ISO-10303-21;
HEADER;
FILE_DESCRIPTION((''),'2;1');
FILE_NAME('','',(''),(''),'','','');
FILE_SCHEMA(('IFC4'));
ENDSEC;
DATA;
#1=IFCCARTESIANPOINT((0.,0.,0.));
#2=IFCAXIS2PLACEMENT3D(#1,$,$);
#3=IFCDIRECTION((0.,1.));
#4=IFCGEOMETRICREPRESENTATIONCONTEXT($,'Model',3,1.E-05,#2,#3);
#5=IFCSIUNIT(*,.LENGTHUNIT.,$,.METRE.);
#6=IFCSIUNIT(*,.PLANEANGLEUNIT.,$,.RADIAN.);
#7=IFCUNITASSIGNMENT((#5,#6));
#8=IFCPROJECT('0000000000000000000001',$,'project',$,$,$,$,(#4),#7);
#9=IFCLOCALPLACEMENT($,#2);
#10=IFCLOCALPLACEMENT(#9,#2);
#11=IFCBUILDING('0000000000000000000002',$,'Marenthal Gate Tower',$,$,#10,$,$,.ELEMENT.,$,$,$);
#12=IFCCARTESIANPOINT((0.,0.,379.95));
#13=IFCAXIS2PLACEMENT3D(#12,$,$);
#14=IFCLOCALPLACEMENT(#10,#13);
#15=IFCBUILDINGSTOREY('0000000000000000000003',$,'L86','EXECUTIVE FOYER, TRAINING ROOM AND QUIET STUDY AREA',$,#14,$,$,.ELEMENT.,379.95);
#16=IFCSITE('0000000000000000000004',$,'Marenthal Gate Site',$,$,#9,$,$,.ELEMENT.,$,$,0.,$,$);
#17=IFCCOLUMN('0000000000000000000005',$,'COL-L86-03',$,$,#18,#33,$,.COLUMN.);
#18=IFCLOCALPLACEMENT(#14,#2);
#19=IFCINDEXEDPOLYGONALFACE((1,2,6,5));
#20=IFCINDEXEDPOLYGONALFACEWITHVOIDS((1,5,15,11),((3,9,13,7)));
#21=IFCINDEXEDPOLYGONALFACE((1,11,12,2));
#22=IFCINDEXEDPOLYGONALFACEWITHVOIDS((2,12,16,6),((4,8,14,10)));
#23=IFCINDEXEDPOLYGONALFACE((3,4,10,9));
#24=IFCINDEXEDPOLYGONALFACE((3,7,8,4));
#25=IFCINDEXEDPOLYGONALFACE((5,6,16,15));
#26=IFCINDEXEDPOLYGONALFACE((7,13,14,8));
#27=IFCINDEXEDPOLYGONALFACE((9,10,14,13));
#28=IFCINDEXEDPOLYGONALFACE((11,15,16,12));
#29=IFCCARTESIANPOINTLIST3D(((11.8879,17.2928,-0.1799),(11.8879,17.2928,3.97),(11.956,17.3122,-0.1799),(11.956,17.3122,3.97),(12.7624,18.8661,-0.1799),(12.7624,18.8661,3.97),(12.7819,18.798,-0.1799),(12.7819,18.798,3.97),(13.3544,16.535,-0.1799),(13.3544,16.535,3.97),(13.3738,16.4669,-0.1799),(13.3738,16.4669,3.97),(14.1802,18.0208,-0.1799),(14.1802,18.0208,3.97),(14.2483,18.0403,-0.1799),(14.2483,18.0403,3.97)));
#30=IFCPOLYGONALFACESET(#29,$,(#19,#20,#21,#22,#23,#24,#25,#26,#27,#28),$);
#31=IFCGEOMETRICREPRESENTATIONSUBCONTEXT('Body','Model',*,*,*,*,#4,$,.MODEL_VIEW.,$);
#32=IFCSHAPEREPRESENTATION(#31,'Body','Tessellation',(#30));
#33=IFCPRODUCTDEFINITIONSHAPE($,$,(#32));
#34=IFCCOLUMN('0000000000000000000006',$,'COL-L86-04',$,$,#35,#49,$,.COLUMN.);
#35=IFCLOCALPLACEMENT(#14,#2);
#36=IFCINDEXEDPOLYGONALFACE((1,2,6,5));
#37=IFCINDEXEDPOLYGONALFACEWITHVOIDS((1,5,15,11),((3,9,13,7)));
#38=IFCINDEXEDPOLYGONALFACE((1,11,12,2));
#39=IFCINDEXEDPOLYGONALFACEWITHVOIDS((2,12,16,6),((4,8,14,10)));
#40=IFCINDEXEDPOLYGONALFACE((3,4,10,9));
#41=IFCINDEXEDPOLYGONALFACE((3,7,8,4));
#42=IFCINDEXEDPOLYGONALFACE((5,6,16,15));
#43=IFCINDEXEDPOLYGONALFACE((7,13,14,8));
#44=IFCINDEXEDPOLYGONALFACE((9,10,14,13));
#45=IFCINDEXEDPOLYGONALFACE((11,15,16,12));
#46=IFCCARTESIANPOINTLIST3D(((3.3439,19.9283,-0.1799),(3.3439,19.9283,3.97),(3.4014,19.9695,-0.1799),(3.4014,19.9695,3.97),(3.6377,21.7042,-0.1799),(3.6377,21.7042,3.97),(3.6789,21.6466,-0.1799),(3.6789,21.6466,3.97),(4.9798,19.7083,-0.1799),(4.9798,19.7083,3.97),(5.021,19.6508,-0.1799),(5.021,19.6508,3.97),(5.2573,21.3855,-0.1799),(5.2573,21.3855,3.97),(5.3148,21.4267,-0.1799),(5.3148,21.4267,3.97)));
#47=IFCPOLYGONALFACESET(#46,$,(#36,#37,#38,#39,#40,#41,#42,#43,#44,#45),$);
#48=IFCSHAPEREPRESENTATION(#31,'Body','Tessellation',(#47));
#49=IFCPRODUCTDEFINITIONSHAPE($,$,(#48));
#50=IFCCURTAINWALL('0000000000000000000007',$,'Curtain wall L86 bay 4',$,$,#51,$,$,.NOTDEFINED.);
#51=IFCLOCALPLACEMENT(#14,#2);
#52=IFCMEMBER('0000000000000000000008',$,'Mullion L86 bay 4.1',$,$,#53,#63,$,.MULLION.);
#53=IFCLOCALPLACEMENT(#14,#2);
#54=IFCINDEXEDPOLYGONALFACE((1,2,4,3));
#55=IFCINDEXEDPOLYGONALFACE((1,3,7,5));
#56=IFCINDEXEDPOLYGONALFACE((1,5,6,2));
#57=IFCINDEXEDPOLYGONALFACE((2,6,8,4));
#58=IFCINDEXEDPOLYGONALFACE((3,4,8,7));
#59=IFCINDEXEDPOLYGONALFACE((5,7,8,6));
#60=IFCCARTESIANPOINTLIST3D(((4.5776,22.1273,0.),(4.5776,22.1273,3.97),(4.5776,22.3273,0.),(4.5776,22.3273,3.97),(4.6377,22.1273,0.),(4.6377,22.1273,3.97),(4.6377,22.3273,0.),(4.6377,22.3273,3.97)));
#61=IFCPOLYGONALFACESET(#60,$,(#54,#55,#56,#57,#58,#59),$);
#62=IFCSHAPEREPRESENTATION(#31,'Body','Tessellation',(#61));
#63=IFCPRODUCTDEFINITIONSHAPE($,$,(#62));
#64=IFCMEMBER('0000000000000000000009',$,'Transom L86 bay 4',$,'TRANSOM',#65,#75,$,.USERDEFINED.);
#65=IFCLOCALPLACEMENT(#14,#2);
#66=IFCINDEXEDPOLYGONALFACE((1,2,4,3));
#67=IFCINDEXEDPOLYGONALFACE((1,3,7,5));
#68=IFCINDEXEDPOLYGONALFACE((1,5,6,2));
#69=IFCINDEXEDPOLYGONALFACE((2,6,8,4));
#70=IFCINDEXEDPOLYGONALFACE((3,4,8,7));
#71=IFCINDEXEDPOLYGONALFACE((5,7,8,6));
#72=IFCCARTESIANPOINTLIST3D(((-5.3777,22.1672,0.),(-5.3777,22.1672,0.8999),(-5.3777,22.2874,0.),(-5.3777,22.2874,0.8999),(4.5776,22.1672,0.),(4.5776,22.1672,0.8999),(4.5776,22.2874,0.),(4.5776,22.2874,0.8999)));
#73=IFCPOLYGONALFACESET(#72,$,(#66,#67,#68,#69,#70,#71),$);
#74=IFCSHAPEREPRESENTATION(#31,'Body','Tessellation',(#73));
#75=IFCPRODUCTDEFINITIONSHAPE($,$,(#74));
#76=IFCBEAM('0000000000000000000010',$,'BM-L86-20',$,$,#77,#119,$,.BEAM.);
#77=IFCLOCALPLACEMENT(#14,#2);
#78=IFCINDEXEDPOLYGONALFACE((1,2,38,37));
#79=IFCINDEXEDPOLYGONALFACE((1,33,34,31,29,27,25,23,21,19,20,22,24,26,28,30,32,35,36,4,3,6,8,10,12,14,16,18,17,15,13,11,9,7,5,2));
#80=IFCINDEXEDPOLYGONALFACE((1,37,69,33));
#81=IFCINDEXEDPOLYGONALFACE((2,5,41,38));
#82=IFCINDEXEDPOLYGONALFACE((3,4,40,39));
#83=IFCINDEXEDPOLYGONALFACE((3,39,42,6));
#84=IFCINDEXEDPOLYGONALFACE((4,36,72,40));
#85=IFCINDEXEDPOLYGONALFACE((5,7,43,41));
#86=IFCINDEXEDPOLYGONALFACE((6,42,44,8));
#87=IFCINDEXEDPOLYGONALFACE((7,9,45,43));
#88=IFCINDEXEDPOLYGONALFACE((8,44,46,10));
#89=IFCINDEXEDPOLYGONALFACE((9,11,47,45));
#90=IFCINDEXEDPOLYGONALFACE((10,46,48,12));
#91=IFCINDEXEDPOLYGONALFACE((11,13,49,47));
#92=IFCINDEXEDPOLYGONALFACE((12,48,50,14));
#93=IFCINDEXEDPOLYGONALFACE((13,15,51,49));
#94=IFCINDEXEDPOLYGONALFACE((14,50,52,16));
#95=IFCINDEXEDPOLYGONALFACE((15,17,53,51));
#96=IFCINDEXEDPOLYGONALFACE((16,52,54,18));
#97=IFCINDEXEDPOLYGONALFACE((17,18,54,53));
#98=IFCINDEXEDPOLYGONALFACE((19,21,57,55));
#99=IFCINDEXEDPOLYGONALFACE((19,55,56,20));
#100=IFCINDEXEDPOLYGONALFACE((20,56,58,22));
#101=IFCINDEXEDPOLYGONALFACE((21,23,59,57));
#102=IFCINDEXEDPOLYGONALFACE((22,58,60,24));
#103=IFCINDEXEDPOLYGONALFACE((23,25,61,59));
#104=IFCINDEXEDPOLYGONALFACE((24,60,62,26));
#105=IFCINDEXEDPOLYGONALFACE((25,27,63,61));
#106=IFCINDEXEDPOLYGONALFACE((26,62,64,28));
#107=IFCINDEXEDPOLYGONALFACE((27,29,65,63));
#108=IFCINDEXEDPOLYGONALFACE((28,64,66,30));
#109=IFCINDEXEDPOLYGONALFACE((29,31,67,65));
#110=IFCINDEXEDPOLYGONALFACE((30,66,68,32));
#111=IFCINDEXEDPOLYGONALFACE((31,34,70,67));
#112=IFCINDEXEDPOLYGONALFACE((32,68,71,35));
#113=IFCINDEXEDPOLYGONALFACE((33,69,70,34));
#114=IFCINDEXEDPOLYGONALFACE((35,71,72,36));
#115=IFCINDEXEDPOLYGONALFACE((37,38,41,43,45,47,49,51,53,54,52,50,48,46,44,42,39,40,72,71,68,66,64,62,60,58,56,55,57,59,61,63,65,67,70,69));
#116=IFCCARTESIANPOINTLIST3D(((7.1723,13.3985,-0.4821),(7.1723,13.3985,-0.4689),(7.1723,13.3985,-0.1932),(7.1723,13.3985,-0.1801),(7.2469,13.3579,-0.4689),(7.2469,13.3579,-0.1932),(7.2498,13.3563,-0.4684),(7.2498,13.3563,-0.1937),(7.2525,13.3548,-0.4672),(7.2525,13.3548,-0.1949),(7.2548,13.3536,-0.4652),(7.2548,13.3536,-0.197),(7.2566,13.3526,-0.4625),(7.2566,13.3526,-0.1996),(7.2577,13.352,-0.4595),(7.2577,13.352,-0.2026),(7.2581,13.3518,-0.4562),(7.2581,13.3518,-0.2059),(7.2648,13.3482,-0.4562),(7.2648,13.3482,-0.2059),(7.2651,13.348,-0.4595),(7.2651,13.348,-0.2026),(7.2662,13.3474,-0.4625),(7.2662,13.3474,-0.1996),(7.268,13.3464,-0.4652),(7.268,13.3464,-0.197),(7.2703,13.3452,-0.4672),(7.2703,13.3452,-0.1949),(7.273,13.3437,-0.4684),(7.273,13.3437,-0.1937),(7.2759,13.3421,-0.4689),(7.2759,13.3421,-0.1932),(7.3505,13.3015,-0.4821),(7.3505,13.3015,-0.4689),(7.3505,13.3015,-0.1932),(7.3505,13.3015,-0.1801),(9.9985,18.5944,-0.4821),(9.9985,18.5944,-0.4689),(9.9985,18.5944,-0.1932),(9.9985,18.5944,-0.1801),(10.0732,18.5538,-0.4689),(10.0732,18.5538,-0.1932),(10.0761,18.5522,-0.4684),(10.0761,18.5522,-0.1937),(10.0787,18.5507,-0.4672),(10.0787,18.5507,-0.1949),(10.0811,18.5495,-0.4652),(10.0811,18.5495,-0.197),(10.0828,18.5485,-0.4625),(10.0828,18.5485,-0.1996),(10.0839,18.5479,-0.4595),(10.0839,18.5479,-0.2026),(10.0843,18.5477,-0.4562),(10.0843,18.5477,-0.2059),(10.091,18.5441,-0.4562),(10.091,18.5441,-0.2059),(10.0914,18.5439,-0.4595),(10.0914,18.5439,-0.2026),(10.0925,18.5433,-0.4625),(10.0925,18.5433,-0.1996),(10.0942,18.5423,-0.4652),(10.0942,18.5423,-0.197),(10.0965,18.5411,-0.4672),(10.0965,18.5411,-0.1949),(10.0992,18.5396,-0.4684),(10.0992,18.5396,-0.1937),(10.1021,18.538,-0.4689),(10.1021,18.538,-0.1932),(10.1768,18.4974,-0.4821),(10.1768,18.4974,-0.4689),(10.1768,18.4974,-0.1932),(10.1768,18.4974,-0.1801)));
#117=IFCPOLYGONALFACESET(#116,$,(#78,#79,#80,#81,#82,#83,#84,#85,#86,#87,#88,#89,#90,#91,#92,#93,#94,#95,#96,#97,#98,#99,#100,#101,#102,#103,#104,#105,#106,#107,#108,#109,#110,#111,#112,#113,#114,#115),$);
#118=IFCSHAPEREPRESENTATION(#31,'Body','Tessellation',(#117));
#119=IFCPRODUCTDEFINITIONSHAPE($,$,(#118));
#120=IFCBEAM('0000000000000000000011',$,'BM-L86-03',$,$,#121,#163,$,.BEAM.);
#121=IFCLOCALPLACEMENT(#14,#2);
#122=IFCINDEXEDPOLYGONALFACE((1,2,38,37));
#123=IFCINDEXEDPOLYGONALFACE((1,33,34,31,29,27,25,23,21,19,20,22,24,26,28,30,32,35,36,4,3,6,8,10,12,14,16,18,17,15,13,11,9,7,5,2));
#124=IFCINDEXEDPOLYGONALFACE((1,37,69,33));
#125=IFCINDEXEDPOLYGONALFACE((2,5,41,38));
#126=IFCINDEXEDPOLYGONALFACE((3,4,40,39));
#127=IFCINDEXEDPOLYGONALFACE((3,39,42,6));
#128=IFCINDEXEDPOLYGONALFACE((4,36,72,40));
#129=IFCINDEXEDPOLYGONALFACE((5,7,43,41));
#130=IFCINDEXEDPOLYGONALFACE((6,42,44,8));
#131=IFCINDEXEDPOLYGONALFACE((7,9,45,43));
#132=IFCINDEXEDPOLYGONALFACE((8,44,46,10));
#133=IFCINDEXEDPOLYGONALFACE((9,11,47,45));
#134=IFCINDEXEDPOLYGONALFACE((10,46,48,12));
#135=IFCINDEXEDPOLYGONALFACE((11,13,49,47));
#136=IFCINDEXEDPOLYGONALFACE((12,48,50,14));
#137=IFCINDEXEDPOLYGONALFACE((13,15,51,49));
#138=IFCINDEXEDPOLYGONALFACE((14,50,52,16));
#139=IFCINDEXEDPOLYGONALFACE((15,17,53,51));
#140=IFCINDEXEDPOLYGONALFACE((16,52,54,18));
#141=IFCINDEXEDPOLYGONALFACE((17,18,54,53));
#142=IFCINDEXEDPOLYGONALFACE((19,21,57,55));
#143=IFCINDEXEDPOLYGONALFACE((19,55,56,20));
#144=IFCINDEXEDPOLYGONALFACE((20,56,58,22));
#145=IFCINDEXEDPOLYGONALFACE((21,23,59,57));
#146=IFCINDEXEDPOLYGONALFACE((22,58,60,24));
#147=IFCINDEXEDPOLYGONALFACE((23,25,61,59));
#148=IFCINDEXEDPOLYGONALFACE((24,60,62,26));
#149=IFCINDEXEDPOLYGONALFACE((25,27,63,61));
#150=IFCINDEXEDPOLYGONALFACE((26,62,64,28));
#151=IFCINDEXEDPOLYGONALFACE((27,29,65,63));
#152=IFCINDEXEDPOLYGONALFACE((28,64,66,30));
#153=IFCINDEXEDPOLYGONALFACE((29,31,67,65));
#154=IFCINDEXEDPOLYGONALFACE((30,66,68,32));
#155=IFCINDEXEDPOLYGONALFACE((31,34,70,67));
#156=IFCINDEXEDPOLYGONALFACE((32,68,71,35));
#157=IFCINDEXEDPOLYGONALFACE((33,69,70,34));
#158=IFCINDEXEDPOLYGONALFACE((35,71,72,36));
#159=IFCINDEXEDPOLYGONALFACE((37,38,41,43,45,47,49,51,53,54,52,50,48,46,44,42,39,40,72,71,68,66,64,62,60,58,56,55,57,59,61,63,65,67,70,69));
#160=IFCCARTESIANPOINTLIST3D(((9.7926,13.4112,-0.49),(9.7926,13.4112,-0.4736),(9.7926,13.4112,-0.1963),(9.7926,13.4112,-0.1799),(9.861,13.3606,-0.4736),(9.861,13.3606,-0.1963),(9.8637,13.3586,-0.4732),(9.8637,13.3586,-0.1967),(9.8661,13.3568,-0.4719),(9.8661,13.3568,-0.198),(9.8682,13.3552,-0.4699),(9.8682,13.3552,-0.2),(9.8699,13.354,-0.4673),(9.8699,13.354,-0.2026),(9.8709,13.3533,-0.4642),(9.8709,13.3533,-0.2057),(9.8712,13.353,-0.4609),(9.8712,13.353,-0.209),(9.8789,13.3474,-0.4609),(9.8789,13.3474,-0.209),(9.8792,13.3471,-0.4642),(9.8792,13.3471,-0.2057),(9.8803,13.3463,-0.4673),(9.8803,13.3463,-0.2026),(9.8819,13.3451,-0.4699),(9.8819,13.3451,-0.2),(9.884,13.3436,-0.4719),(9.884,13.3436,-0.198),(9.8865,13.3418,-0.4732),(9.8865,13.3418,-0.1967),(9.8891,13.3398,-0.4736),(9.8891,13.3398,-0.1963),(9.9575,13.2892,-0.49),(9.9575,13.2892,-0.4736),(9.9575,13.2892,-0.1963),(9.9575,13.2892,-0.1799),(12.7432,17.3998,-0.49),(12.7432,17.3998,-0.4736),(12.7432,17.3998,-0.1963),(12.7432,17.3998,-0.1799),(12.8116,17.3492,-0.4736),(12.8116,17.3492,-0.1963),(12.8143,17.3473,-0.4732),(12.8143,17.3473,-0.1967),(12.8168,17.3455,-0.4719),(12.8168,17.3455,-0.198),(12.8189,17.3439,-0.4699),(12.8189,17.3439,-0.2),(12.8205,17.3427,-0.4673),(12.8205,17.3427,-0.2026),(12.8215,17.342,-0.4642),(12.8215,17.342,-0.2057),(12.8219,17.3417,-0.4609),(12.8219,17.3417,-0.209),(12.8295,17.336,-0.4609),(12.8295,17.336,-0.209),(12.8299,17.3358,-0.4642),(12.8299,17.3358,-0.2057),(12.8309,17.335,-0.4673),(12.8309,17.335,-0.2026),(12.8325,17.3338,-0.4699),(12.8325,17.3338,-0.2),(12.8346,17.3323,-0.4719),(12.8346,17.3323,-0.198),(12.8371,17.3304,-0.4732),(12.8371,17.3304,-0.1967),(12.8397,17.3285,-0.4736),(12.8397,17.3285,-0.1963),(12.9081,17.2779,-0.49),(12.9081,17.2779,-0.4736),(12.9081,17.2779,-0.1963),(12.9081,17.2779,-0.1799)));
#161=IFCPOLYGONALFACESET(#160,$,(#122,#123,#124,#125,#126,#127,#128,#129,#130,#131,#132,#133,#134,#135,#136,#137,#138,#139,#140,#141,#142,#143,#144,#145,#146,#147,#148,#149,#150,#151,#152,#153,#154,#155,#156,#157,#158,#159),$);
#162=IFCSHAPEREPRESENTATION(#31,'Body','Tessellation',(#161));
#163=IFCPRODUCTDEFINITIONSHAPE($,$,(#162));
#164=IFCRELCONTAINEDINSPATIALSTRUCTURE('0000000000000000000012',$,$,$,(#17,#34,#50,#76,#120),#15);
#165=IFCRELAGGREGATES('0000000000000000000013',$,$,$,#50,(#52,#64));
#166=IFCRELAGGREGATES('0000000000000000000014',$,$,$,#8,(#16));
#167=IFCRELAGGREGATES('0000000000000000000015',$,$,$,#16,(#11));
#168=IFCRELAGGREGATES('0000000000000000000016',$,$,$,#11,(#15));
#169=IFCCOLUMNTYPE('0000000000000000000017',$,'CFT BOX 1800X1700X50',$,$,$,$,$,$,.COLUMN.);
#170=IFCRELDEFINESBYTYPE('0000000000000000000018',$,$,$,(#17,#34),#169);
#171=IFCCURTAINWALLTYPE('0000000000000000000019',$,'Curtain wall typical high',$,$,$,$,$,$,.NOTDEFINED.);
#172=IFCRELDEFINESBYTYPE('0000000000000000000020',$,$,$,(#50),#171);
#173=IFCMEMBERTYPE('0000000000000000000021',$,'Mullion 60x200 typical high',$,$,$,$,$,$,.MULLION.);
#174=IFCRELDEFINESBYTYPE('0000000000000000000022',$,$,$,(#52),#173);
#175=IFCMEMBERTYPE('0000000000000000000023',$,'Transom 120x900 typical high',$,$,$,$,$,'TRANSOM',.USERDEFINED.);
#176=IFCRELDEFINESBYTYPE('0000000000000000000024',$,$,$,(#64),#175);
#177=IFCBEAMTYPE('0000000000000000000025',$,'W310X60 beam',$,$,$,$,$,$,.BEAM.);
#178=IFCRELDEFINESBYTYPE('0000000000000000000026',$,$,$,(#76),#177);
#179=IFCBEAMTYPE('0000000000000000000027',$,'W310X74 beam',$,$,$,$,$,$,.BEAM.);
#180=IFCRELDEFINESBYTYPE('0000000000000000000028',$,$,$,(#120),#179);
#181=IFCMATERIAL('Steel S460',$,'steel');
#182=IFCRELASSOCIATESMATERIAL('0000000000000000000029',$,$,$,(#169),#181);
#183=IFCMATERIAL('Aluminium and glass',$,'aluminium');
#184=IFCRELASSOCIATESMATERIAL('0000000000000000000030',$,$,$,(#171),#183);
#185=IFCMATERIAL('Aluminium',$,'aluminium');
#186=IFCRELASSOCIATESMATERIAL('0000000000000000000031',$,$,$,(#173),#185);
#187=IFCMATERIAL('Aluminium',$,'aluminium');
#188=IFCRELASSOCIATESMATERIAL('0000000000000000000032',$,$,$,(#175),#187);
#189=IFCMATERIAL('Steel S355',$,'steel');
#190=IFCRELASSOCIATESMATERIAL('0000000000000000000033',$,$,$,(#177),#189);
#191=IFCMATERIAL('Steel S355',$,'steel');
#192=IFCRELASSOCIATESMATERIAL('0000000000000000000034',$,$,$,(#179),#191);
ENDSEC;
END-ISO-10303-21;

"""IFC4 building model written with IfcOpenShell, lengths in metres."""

from ifc_helpers import new_model, si_unit, direction, frame, origin, origin_2d, place, context, subcontext, project, spatial, rectangle, hollow_rectangle, i_section, extrude, material, material_profile, profile_set, type_object, element, aggregate, save


model = new_model("IFC4")

# Units and contexts
model_context = context("Model", 3, precision=1e-05, world=origin(), true_north=direction((0.0, 1.0)))
body_context = subcontext(model_context, "Body", "Model", "MODEL_VIEW")
ifc_project = project(units=[si_unit("LENGTHUNIT", "METRE"), si_unit("PLANEANGLEUNIT", "RADIAN")], contexts=[model_context])

# Site, building, storey
site_placement = place(None, origin())
site = spatial("IfcSite", under=ifc_project, at=site_placement, Name="Marenthal Gate Site", CompositionType="ELEMENT", RefElevation=0.0)
building_placement = place(site_placement, origin())
building = spatial("IfcBuilding", under=site, at=building_placement, Name="Marenthal Gate Tower", CompositionType="ELEMENT")
storey_placement = place(building_placement, frame((0.0, 0.0, 379.95)))
storey = spatial("IfcBuildingStorey", under=building, at=storey_placement, Name="L86", Description="EXECUTIVE FOYER, TRAINING ROOM AND QUIET STUDY AREA", CompositionType="ELEMENT", Elevation=379.95)

# Columns
ifc_material_1 = material(Name="Steel S460", Category="steel")
ifc_material_profile_1 = material_profile(ifc_material_1, hollow_rectangle(XDim=1.7, YDim=1.8, WallThickness=0.05, at=origin_2d()), Name="CFT BOX 1800X1700X50")
ifc_material_2 = material(Name="Concrete 70 MPa", Category="concrete")
ifc_material_profile_2 = material_profile(ifc_material_2, rectangle(XDim=1.6001, YDim=1.7, at=origin_2d()), Name="CFT BOX 1800X1700X50 INFILL")
ifc_profile_set_1 = profile_set([ifc_material_profile_1, ifc_material_profile_2], Name="Steel S460 shell, Concrete 70 MPa infill")
column_type = type_object("IfcColumnType", Name="CFT BOX 1800X1700X50", PredefinedType="COLUMN", material=ifc_profile_set_1)
for number, where, z_axis, x_axis, name in (
    (1, (13.0681, 17.6665, -0.1799), (0.0, 0.0, 1.0), (0.874065, -0.485809, 0.0), "COL-L86-03"),
    (2, (4.3293, 20.6775, -0.1799), (0.0, 0.0, 1.0), (0.986586, -0.16324, 0.0), "COL-L86-04"),
):
    element("IfcColumn", number, at=place(storey_placement, frame(where, z_axis=z_axis, x_axis=x_axis)), inside=storey, type_object=column_type, Name=name, PredefinedType="COLUMN", context=body_context, shape_type="SweptSolid", body=[
        extrude(hollow_rectangle(XDim=1.7, YDim=1.8, WallThickness=0.05, at=origin_2d()), origin(), (0.0, 0.0, 1.0), 4.1499),
    ])

# Curtain wall, members
ifc_material_3 = material(Name="Aluminium and glass", Category="aluminium")
curtain_wall_type = type_object("IfcCurtainWallType", Name="Curtain wall typical high", PredefinedType="NOTDEFINED", material=ifc_material_3)
curtain_wall_placement = place(storey_placement, origin())
curtain_wall = element("IfcCurtainWall", 3, at=curtain_wall_placement, inside=storey, type_object=curtain_wall_type, Name="Curtain wall L86 bay 4", PredefinedType="NOTDEFINED")
ifc_material_4 = material(Name="Aluminium", Category="aluminium")
ifc_material_profile_3 = material_profile(ifc_material_4, rectangle(XDim=0.2, YDim=0.0601, at=origin_2d()), Name="60x200 aluminium mullion")
ifc_profile_set_2 = profile_set([ifc_material_profile_3], Name="Aluminium")
member_type_1 = type_object("IfcMemberType", Name="Mullion 60x200 typical high", PredefinedType="MULLION", material=ifc_profile_set_2)
member_1_placement = place(storey_placement, frame((4.6077, 22.2273, 0.0), z_axis=(0.0, 0.0, 1.0), x_axis=(0.0, -1.0, 0.0)))
member_1 = element("IfcMember", 4, at=member_1_placement, type_object=member_type_1, Name="Mullion L86 bay 4.1", PredefinedType="MULLION", context=body_context, shape_type="SweptSolid", body=[
    extrude(rectangle(XDim=0.2, YDim=0.0601, at=origin_2d()), origin(), (0.0, 0.0, 1.0), 3.97),
])
ifc_material_5 = material(Name="Aluminium", Category="aluminium")
ifc_material_profile_4 = material_profile(ifc_material_5, rectangle(XDim=0.1201, YDim=0.8999, at=origin_2d()), Name="120x900 aluminium transom")
ifc_profile_set_3 = profile_set([ifc_material_profile_4], Name="Aluminium")
member_type_2 = type_object("IfcMemberType", Name="Transom 120x900 typical high", ElementType="TRANSOM", PredefinedType="USERDEFINED", material=ifc_profile_set_3)
member_2_placement = place(storey_placement, frame((4.5776, 22.2273, 0.45), z_axis=(-1.0, 0.0, 0.0), x_axis=(0.0, -1.0, 0.0)))
member_2 = element("IfcMember", 5, at=member_2_placement, type_object=member_type_2, Name="Transom L86 bay 4", ObjectType="TRANSOM", PredefinedType="USERDEFINED", context=body_context, shape_type="SweptSolid", body=[
    extrude(rectangle(XDim=0.1201, YDim=0.8999, at=origin_2d()), origin(), (0.0, 0.0, 1.0), 9.9553),
])

# Beams
ifc_material_6 = material(Name="Steel S355", Category="steel")
ifc_material_profile_5 = material_profile(ifc_material_6, i_section(OverallWidth=0.2029, OverallDepth=0.302, WebThickness=0.0076, FlangeThickness=0.0132, FilletRadius=0.0127, at=origin_2d()), Name="W310X60")
ifc_profile_set_4 = profile_set([ifc_material_profile_5], Name="Steel S355")
beam_type_1 = type_object("IfcBeamType", Name="W310X60 beam", PredefinedType="BEAM", material=ifc_profile_set_4)
beam_1_placement = place(storey_placement, frame((10.0876, 18.5459, -0.3311), z_axis=(-0.477822, -0.878457, 0.0), x_axis=(0.878457, -0.477822, 0.0)))
element("IfcBeam", 6, at=beam_1_placement, inside=storey, type_object=beam_type_1, Name="BM-L86-20", PredefinedType="BEAM", context=body_context, shape_type="SweptSolid", body=[
    extrude(i_section(OverallWidth=0.2029, OverallDepth=0.302, WebThickness=0.0076, FlangeThickness=0.0132, FilletRadius=0.0127, at=origin_2d()), origin(), (0.0, 0.0, 1.0), 5.9148),
])
ifc_material_7 = material(Name="Steel S355", Category="steel")
ifc_material_profile_6 = material_profile(ifc_material_7, i_section(OverallWidth=0.2051, OverallDepth=0.3101, WebThickness=0.0095, FlangeThickness=0.0164, FilletRadius=0.0127, at=origin_2d()), Name="W310X74")
ifc_profile_set_5 = profile_set([ifc_material_profile_6], Name="Steel S355")
beam_type_2 = type_object("IfcBeamType", Name="W310X74 beam", PredefinedType="BEAM", material=ifc_profile_set_5)
beam_2_placement = place(storey_placement, frame((12.8257, 17.3389, -0.335), z_axis=(-0.594712, -0.803939, 0.0), x_axis=(0.803939, -0.594712, 0.0)))
element("IfcBeam", 7, at=beam_2_placement, inside=storey, type_object=beam_type_2, Name="BM-L86-03", PredefinedType="BEAM", context=body_context, shape_type="SweptSolid", body=[
    extrude(i_section(OverallWidth=0.2051, OverallDepth=0.3101, WebThickness=0.0095, FlangeThickness=0.0164, FilletRadius=0.0127, at=origin_2d()), origin(), (0.0, 0.0, 1.0), 4.9614),
])

aggregate(curtain_wall, [member_1, member_2])

save(model, "model.ifc")
